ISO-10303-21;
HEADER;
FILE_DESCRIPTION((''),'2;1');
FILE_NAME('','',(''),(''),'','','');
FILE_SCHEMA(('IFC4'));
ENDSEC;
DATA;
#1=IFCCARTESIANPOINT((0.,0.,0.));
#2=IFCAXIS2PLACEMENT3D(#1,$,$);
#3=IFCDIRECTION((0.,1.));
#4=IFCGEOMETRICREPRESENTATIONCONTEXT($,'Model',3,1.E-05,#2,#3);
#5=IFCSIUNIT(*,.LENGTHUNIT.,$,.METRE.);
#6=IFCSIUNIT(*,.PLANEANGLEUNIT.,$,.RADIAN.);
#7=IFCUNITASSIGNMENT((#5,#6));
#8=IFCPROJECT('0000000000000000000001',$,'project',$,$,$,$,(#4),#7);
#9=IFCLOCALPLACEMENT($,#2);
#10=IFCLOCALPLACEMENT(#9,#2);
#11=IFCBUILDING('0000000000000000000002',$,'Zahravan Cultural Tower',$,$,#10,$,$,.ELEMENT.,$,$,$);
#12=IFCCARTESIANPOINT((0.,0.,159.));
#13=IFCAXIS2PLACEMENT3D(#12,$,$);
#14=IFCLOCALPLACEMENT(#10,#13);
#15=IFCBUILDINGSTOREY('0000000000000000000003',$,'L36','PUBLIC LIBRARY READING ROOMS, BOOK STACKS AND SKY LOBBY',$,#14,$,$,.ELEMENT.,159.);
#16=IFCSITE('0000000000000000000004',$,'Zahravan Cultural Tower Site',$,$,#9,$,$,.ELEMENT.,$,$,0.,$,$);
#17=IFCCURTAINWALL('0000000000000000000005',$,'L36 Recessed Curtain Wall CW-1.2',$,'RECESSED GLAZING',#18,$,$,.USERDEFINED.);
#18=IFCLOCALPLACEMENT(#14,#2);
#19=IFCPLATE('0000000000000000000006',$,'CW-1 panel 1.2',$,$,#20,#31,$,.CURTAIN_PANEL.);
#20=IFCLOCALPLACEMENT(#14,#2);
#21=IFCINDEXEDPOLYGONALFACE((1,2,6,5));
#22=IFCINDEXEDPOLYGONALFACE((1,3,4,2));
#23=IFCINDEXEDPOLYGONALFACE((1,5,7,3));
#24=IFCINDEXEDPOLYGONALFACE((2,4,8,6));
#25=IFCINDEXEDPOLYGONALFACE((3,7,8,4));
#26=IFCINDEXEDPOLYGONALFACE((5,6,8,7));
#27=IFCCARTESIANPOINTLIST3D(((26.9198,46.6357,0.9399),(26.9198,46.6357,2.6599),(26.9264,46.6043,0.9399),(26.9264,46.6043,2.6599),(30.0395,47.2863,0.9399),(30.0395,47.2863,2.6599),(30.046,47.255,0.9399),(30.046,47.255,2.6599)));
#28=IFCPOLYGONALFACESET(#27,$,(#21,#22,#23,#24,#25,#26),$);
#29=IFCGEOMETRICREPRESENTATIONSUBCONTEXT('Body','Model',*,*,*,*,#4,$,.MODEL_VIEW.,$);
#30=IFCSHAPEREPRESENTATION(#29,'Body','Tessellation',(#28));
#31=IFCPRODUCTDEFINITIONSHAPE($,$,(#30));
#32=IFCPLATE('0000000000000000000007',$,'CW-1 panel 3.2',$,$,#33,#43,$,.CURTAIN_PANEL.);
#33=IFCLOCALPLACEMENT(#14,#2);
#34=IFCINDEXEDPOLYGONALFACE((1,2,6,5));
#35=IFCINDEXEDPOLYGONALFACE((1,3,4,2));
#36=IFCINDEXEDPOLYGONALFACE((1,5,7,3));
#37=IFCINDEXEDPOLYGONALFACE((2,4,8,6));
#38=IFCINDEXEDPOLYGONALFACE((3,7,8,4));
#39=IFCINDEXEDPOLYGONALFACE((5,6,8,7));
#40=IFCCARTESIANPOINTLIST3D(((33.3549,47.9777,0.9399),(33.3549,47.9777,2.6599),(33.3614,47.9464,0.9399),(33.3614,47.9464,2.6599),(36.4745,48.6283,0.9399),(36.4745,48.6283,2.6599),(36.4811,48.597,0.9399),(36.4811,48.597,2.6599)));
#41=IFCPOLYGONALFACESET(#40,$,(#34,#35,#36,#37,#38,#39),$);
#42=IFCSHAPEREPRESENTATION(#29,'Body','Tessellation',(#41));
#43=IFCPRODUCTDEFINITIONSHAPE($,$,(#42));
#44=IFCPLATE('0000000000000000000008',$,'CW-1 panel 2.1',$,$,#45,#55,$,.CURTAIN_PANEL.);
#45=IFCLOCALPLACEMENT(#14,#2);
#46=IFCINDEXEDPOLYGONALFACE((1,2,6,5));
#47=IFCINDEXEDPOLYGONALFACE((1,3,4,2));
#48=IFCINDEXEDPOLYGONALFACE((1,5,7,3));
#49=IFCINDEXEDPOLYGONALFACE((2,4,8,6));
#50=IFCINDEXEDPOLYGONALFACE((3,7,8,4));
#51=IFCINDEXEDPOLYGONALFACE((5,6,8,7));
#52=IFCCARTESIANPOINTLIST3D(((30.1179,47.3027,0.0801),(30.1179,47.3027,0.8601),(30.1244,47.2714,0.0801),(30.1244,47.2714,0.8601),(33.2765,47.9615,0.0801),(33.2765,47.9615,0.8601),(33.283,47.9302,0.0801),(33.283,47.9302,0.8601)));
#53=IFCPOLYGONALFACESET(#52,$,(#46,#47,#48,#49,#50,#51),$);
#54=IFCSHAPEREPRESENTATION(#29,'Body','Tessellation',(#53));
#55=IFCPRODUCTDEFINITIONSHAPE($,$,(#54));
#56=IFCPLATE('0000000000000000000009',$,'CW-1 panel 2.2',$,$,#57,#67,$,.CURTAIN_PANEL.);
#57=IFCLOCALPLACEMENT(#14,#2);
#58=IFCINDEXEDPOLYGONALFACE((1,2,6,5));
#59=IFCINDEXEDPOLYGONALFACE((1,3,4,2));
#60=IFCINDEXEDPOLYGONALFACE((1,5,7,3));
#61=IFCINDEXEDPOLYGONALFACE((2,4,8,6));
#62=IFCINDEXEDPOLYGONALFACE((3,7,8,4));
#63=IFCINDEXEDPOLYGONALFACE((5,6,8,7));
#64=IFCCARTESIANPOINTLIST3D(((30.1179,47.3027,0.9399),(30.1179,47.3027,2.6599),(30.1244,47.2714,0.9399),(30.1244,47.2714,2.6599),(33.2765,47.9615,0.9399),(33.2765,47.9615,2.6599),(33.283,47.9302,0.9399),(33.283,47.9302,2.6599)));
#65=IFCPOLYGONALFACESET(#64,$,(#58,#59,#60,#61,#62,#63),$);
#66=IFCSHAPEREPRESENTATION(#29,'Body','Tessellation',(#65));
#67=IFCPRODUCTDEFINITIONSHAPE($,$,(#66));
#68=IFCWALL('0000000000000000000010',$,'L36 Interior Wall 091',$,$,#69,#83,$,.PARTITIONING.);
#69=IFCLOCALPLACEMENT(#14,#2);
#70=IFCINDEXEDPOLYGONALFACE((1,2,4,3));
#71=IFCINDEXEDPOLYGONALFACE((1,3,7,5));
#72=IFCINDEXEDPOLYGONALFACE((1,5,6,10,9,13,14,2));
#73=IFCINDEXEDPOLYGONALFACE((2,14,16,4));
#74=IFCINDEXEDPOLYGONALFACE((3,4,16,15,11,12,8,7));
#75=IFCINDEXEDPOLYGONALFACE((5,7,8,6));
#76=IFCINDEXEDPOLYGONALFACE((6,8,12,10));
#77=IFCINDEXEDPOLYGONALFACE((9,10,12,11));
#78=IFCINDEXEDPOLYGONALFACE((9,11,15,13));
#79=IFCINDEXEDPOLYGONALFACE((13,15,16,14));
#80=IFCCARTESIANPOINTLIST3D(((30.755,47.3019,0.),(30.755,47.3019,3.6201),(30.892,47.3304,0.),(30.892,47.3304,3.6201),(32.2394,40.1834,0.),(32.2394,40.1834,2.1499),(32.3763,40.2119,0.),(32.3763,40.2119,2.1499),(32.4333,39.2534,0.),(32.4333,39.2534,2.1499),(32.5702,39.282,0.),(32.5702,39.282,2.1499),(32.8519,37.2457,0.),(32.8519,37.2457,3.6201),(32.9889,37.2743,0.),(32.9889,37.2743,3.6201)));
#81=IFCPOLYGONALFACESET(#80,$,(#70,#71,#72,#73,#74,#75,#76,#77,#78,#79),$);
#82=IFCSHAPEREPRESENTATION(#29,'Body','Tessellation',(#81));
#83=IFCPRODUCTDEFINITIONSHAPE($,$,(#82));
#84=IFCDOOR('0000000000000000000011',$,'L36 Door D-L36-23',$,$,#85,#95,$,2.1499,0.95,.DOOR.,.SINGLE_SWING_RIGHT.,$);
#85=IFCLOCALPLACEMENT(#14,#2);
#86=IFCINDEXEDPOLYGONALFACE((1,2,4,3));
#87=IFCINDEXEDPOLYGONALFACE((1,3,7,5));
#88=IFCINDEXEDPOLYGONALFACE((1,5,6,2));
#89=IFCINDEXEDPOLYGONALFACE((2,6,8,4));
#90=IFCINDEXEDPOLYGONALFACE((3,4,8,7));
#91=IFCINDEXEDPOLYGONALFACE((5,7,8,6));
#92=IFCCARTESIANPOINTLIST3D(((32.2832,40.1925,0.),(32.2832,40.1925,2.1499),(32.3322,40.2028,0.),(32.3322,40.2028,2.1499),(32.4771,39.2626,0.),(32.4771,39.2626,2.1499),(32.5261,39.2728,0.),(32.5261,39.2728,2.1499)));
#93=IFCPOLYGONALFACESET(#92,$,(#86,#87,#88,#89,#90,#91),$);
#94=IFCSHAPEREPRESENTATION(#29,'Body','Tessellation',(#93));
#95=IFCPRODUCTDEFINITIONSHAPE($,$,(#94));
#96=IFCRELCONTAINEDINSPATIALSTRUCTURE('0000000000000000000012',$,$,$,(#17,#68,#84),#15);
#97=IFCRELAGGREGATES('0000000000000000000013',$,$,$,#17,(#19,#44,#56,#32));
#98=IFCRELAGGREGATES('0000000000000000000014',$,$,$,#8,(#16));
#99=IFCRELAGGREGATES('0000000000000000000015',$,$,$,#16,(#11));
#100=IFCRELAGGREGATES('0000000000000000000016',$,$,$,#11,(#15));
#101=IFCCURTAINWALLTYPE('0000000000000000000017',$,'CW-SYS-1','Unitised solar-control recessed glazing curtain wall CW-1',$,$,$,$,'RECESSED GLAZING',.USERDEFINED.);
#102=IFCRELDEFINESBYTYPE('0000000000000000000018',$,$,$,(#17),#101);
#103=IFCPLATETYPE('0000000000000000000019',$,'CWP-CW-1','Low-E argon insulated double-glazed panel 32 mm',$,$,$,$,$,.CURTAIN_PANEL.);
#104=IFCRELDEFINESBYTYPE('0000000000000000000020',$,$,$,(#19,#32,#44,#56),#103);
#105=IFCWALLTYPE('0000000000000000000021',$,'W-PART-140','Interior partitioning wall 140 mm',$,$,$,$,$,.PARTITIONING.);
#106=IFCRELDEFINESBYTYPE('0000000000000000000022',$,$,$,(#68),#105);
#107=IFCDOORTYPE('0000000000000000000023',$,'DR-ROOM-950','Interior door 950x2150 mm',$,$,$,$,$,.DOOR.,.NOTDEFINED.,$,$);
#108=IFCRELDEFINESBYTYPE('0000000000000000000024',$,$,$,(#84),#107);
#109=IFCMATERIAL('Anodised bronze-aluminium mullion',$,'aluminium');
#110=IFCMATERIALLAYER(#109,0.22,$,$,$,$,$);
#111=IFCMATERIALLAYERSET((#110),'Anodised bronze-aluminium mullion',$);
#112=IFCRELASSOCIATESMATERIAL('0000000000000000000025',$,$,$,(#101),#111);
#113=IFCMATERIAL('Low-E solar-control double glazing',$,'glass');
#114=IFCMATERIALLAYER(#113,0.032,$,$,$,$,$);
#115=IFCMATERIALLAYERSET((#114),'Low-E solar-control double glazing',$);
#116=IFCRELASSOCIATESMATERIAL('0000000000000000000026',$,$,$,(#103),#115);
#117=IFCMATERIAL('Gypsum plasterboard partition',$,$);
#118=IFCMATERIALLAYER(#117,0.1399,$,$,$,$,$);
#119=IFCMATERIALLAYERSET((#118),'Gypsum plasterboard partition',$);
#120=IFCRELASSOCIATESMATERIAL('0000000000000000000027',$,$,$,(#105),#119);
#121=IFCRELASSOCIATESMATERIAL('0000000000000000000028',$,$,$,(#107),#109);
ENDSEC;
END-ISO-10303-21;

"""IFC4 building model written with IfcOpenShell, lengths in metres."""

from ifc_helpers import new_model, si_unit, direction, frame, frame_2d, origin, origin_2d, place, context, subcontext, project, spatial, rectangle, extrude, source, transform, mapped, material, layer, layer_set, type_object, element, fill, aggregate, save


model = new_model("IFC4")

# Units and contexts
model_context = context("Model", 3, precision=1e-05, world=origin(), true_north=direction((0.0, 1.0)))
body_context = subcontext(model_context, "Body", "Model", "MODEL_VIEW")
ifc_project = project(units=[si_unit("LENGTHUNIT", "METRE"), si_unit("PLANEANGLEUNIT", "RADIAN")], contexts=[model_context])

# Site, building, storey
site_placement = place(None, origin())
site = spatial("IfcSite", under=ifc_project, at=site_placement, Name="Zahravan Cultural Tower Site", CompositionType="ELEMENT", RefElevation=0.0)
building_placement = place(site_placement, origin())
building = spatial("IfcBuilding", under=site, at=building_placement, Name="Zahravan Cultural Tower", CompositionType="ELEMENT")
storey_placement = place(building_placement, frame((0.0, 0.0, 159.0)))
storey = spatial("IfcBuildingStorey", under=building, at=storey_placement, Name="L36", Description="PUBLIC LIBRARY READING ROOMS, BOOK STACKS AND SKY LOBBY", CompositionType="ELEMENT", Elevation=159.0)

# Curtain wall, plates
ifc_material_1 = material(Name="Anodised bronze-aluminium mullion", Category="aluminium")
ifc_layer_1 = layer(ifc_material_1, 0.22)
ifc_layer_set_1 = layer_set([ifc_layer_1], Name="Anodised bronze-aluminium mullion")
curtain_wall_type = type_object("IfcCurtainWallType", Name="CW-SYS-1", Description="Unitised solar-control recessed glazing curtain wall CW-1", ElementType="RECESSED GLAZING", PredefinedType="USERDEFINED", material=ifc_layer_set_1)
curtain_wall_placement = place(storey_placement, origin())
curtain_wall = element("IfcCurtainWall", 1, at=curtain_wall_placement, inside=storey, type_object=curtain_wall_type, Name="L36 Recessed Curtain Wall CW-1.2", ObjectType="RECESSED GLAZING", PredefinedType="USERDEFINED")
ifc_material_2 = material(Name="Low-E solar-control double glazing", Category="glass")
ifc_layer_2 = layer(ifc_material_2, 0.032)
ifc_layer_set_2 = layer_set([ifc_layer_2], Name="Low-E solar-control double glazing")
plate_type = type_object("IfcPlateType", Name="CWP-CW-1", Description="Low-E argon insulated double-glazed panel 32 mm", PredefinedType="CURTAIN_PANEL", material=ifc_layer_set_2)
shared_shape_1 = source(origin(), body_context, "Body", "SweptSolid", [
    extrude(rectangle(XDim=3.1868, YDim=0.032, at=origin_2d()), origin(), (0.0, 0.0, 1.0), 1.72),
])
plate_1_placement = place(storey_placement, frame((28.4829, 46.9453, 0.9399), z_axis=(0.0, 0.0, 1.0), x_axis=(0.978937, 0.204162, 0.0)))
plate_1 = element("IfcPlate", 2, at=plate_1_placement, type_object=plate_type, Name="CW-1 panel 1.2", PredefinedType="CURTAIN_PANEL", context=body_context, shape_type="MappedRepresentation", body=[
    mapped(shared_shape_1, transform((0.0, 0.0, 0.0), x_axis=(1.0, 0.0, 0.0), y_axis=(0.0, 1.0, 0.0), z_axis=(0.0, 0.0, 1.0), scale=1.0)),
])
plate_2_placement = place(storey_placement, frame((34.918, 48.2874, 0.9399), z_axis=(0.0, 0.0, 1.0), x_axis=(0.978937, 0.204162, 0.0)))
plate_2 = element("IfcPlate", 3, at=plate_2_placement, type_object=plate_type, Name="CW-1 panel 3.2", PredefinedType="CURTAIN_PANEL", context=body_context, shape_type="MappedRepresentation", body=[
    mapped(shared_shape_1, transform((0.0, 0.0, 0.0), x_axis=(1.0, 0.0, 0.0), y_axis=(0.0, 1.0, 0.0), z_axis=(0.0, 0.0, 1.0), scale=1.0)),
])
shared_shape_2 = source(origin(), body_context, "Body", "SweptSolid", [
    extrude(rectangle(XDim=3.2266, YDim=0.032, at=origin_2d()), origin(), (0.0, 0.0, 1.0), 0.78),
])
plate_3_placement = place(storey_placement, frame((31.7004, 47.6165, 0.0801), z_axis=(0.0, 0.0, 1.0), x_axis=(0.978937, 0.204162, 0.0)))
plate_3 = element("IfcPlate", 4, at=plate_3_placement, type_object=plate_type, Name="CW-1 panel 2.1", PredefinedType="CURTAIN_PANEL", context=body_context, shape_type="MappedRepresentation", body=[
    mapped(shared_shape_2, transform((0.0, 0.0, 0.0), x_axis=(1.0, 0.0, 0.0), y_axis=(0.0, 1.0, 0.0), z_axis=(0.0, 0.0, 1.0), scale=1.0)),
])
shared_shape_3 = source(origin(), body_context, "Body", "SweptSolid", [
    extrude(rectangle(XDim=3.2266, YDim=0.032, at=origin_2d()), origin(), (0.0, 0.0, 1.0), 1.72),
])
plate_4_placement = place(storey_placement, frame((31.7004, 47.6165, 0.9399), z_axis=(0.0, 0.0, 1.0), x_axis=(0.978937, 0.204162, 0.0)))
plate_4 = element("IfcPlate", 5, at=plate_4_placement, type_object=plate_type, Name="CW-1 panel 2.2", PredefinedType="CURTAIN_PANEL", context=body_context, shape_type="MappedRepresentation", body=[
    mapped(shared_shape_3, transform((0.0, 0.0, 0.0), x_axis=(1.0, 0.0, 0.0), y_axis=(0.0, 1.0, 0.0), z_axis=(0.0, 0.0, 1.0), scale=1.0)),
])
aggregate(curtain_wall, [plate_1, plate_3, plate_4, plate_2])

# Wall, opening, door
ifc_material_3 = material(Name="Gypsum plasterboard partition")
ifc_layer_3 = layer(ifc_material_3, 0.1399)
ifc_layer_set_3 = layer_set([ifc_layer_3], Name="Gypsum plasterboard partition")
wall_type = type_object("IfcWallType", Name="W-PART-140", Description="Interior partitioning wall 140 mm", PredefinedType="PARTITIONING", material=ifc_layer_set_3)
wall_placement = place(storey_placement, frame((30.8235, 47.3162, 0.0), z_axis=(0.0, 0.0, 1.0), x_axis=(0.204131, -0.978944, 0.0)))
wall = element("IfcWall", 6, at=wall_placement, inside=storey, type_object=wall_type, Name="L36 Interior Wall 091", PredefinedType="PARTITIONING", context=body_context, shape_type="SweptSolid", body=[
    extrude(rectangle(XDim=10.2725, YDim=0.1399, at=frame_2d((5.1362, 0.0))), origin(), (0.0, 0.0, 1.0), 3.6201),
])
opening_placement = place(wall_placement, frame((7.2715, 0.0, 0.0)))
opening = element("IfcOpeningElement", 7, at=opening_placement, cuts=wall, PredefinedType="OPENING", context=body_context, shape_type="SweptSolid", body=[
    extrude(rectangle(XDim=0.95, YDim=2.1499, at=frame_2d((0.4751, 1.075))), frame((0.0, 0.0798, 0.0), z_axis=(0.0, -1.0, 0.0), x_axis=(1.0, 0.0, 0.0)), (0.0, 0.0, 1.0), 0.1599),
])
door_type = type_object("IfcDoorType", Name="DR-ROOM-950", Description="Interior door 950x2150 mm", OperationType="NOTDEFINED", PredefinedType="DOOR", material=ifc_material_1)
shared_shape_4 = source(origin(), body_context, "Body", "SweptSolid", [
    extrude(rectangle(XDim=0.95, YDim=2.1499, at=frame_2d((0.4751, 1.075))), frame((0.0, 0.0249, 0.0), z_axis=(0.0, -1.0, 0.0), x_axis=(1.0, 0.0, 0.0)), (0.0, 0.0, 1.0), 0.05),
])
door_placement = place(opening_placement, origin())
door = element("IfcDoor", 8, at=door_placement, inside=storey, type_object=door_type, Name="L36 Door D-L36-23", OperationType="SINGLE_SWING_RIGHT", OverallHeight=2.1499, OverallWidth=0.95, PredefinedType="DOOR", context=body_context, shape_type="MappedRepresentation", body=[
    mapped(shared_shape_4, transform((0.0, 0.0, 0.0), x_axis=(1.0, 0.0, 0.0), y_axis=(0.0, 1.0, 0.0), z_axis=(0.0, 0.0, 1.0), scale=1.0)),
])
fill(opening, door)

save(model, "model.ifc")
